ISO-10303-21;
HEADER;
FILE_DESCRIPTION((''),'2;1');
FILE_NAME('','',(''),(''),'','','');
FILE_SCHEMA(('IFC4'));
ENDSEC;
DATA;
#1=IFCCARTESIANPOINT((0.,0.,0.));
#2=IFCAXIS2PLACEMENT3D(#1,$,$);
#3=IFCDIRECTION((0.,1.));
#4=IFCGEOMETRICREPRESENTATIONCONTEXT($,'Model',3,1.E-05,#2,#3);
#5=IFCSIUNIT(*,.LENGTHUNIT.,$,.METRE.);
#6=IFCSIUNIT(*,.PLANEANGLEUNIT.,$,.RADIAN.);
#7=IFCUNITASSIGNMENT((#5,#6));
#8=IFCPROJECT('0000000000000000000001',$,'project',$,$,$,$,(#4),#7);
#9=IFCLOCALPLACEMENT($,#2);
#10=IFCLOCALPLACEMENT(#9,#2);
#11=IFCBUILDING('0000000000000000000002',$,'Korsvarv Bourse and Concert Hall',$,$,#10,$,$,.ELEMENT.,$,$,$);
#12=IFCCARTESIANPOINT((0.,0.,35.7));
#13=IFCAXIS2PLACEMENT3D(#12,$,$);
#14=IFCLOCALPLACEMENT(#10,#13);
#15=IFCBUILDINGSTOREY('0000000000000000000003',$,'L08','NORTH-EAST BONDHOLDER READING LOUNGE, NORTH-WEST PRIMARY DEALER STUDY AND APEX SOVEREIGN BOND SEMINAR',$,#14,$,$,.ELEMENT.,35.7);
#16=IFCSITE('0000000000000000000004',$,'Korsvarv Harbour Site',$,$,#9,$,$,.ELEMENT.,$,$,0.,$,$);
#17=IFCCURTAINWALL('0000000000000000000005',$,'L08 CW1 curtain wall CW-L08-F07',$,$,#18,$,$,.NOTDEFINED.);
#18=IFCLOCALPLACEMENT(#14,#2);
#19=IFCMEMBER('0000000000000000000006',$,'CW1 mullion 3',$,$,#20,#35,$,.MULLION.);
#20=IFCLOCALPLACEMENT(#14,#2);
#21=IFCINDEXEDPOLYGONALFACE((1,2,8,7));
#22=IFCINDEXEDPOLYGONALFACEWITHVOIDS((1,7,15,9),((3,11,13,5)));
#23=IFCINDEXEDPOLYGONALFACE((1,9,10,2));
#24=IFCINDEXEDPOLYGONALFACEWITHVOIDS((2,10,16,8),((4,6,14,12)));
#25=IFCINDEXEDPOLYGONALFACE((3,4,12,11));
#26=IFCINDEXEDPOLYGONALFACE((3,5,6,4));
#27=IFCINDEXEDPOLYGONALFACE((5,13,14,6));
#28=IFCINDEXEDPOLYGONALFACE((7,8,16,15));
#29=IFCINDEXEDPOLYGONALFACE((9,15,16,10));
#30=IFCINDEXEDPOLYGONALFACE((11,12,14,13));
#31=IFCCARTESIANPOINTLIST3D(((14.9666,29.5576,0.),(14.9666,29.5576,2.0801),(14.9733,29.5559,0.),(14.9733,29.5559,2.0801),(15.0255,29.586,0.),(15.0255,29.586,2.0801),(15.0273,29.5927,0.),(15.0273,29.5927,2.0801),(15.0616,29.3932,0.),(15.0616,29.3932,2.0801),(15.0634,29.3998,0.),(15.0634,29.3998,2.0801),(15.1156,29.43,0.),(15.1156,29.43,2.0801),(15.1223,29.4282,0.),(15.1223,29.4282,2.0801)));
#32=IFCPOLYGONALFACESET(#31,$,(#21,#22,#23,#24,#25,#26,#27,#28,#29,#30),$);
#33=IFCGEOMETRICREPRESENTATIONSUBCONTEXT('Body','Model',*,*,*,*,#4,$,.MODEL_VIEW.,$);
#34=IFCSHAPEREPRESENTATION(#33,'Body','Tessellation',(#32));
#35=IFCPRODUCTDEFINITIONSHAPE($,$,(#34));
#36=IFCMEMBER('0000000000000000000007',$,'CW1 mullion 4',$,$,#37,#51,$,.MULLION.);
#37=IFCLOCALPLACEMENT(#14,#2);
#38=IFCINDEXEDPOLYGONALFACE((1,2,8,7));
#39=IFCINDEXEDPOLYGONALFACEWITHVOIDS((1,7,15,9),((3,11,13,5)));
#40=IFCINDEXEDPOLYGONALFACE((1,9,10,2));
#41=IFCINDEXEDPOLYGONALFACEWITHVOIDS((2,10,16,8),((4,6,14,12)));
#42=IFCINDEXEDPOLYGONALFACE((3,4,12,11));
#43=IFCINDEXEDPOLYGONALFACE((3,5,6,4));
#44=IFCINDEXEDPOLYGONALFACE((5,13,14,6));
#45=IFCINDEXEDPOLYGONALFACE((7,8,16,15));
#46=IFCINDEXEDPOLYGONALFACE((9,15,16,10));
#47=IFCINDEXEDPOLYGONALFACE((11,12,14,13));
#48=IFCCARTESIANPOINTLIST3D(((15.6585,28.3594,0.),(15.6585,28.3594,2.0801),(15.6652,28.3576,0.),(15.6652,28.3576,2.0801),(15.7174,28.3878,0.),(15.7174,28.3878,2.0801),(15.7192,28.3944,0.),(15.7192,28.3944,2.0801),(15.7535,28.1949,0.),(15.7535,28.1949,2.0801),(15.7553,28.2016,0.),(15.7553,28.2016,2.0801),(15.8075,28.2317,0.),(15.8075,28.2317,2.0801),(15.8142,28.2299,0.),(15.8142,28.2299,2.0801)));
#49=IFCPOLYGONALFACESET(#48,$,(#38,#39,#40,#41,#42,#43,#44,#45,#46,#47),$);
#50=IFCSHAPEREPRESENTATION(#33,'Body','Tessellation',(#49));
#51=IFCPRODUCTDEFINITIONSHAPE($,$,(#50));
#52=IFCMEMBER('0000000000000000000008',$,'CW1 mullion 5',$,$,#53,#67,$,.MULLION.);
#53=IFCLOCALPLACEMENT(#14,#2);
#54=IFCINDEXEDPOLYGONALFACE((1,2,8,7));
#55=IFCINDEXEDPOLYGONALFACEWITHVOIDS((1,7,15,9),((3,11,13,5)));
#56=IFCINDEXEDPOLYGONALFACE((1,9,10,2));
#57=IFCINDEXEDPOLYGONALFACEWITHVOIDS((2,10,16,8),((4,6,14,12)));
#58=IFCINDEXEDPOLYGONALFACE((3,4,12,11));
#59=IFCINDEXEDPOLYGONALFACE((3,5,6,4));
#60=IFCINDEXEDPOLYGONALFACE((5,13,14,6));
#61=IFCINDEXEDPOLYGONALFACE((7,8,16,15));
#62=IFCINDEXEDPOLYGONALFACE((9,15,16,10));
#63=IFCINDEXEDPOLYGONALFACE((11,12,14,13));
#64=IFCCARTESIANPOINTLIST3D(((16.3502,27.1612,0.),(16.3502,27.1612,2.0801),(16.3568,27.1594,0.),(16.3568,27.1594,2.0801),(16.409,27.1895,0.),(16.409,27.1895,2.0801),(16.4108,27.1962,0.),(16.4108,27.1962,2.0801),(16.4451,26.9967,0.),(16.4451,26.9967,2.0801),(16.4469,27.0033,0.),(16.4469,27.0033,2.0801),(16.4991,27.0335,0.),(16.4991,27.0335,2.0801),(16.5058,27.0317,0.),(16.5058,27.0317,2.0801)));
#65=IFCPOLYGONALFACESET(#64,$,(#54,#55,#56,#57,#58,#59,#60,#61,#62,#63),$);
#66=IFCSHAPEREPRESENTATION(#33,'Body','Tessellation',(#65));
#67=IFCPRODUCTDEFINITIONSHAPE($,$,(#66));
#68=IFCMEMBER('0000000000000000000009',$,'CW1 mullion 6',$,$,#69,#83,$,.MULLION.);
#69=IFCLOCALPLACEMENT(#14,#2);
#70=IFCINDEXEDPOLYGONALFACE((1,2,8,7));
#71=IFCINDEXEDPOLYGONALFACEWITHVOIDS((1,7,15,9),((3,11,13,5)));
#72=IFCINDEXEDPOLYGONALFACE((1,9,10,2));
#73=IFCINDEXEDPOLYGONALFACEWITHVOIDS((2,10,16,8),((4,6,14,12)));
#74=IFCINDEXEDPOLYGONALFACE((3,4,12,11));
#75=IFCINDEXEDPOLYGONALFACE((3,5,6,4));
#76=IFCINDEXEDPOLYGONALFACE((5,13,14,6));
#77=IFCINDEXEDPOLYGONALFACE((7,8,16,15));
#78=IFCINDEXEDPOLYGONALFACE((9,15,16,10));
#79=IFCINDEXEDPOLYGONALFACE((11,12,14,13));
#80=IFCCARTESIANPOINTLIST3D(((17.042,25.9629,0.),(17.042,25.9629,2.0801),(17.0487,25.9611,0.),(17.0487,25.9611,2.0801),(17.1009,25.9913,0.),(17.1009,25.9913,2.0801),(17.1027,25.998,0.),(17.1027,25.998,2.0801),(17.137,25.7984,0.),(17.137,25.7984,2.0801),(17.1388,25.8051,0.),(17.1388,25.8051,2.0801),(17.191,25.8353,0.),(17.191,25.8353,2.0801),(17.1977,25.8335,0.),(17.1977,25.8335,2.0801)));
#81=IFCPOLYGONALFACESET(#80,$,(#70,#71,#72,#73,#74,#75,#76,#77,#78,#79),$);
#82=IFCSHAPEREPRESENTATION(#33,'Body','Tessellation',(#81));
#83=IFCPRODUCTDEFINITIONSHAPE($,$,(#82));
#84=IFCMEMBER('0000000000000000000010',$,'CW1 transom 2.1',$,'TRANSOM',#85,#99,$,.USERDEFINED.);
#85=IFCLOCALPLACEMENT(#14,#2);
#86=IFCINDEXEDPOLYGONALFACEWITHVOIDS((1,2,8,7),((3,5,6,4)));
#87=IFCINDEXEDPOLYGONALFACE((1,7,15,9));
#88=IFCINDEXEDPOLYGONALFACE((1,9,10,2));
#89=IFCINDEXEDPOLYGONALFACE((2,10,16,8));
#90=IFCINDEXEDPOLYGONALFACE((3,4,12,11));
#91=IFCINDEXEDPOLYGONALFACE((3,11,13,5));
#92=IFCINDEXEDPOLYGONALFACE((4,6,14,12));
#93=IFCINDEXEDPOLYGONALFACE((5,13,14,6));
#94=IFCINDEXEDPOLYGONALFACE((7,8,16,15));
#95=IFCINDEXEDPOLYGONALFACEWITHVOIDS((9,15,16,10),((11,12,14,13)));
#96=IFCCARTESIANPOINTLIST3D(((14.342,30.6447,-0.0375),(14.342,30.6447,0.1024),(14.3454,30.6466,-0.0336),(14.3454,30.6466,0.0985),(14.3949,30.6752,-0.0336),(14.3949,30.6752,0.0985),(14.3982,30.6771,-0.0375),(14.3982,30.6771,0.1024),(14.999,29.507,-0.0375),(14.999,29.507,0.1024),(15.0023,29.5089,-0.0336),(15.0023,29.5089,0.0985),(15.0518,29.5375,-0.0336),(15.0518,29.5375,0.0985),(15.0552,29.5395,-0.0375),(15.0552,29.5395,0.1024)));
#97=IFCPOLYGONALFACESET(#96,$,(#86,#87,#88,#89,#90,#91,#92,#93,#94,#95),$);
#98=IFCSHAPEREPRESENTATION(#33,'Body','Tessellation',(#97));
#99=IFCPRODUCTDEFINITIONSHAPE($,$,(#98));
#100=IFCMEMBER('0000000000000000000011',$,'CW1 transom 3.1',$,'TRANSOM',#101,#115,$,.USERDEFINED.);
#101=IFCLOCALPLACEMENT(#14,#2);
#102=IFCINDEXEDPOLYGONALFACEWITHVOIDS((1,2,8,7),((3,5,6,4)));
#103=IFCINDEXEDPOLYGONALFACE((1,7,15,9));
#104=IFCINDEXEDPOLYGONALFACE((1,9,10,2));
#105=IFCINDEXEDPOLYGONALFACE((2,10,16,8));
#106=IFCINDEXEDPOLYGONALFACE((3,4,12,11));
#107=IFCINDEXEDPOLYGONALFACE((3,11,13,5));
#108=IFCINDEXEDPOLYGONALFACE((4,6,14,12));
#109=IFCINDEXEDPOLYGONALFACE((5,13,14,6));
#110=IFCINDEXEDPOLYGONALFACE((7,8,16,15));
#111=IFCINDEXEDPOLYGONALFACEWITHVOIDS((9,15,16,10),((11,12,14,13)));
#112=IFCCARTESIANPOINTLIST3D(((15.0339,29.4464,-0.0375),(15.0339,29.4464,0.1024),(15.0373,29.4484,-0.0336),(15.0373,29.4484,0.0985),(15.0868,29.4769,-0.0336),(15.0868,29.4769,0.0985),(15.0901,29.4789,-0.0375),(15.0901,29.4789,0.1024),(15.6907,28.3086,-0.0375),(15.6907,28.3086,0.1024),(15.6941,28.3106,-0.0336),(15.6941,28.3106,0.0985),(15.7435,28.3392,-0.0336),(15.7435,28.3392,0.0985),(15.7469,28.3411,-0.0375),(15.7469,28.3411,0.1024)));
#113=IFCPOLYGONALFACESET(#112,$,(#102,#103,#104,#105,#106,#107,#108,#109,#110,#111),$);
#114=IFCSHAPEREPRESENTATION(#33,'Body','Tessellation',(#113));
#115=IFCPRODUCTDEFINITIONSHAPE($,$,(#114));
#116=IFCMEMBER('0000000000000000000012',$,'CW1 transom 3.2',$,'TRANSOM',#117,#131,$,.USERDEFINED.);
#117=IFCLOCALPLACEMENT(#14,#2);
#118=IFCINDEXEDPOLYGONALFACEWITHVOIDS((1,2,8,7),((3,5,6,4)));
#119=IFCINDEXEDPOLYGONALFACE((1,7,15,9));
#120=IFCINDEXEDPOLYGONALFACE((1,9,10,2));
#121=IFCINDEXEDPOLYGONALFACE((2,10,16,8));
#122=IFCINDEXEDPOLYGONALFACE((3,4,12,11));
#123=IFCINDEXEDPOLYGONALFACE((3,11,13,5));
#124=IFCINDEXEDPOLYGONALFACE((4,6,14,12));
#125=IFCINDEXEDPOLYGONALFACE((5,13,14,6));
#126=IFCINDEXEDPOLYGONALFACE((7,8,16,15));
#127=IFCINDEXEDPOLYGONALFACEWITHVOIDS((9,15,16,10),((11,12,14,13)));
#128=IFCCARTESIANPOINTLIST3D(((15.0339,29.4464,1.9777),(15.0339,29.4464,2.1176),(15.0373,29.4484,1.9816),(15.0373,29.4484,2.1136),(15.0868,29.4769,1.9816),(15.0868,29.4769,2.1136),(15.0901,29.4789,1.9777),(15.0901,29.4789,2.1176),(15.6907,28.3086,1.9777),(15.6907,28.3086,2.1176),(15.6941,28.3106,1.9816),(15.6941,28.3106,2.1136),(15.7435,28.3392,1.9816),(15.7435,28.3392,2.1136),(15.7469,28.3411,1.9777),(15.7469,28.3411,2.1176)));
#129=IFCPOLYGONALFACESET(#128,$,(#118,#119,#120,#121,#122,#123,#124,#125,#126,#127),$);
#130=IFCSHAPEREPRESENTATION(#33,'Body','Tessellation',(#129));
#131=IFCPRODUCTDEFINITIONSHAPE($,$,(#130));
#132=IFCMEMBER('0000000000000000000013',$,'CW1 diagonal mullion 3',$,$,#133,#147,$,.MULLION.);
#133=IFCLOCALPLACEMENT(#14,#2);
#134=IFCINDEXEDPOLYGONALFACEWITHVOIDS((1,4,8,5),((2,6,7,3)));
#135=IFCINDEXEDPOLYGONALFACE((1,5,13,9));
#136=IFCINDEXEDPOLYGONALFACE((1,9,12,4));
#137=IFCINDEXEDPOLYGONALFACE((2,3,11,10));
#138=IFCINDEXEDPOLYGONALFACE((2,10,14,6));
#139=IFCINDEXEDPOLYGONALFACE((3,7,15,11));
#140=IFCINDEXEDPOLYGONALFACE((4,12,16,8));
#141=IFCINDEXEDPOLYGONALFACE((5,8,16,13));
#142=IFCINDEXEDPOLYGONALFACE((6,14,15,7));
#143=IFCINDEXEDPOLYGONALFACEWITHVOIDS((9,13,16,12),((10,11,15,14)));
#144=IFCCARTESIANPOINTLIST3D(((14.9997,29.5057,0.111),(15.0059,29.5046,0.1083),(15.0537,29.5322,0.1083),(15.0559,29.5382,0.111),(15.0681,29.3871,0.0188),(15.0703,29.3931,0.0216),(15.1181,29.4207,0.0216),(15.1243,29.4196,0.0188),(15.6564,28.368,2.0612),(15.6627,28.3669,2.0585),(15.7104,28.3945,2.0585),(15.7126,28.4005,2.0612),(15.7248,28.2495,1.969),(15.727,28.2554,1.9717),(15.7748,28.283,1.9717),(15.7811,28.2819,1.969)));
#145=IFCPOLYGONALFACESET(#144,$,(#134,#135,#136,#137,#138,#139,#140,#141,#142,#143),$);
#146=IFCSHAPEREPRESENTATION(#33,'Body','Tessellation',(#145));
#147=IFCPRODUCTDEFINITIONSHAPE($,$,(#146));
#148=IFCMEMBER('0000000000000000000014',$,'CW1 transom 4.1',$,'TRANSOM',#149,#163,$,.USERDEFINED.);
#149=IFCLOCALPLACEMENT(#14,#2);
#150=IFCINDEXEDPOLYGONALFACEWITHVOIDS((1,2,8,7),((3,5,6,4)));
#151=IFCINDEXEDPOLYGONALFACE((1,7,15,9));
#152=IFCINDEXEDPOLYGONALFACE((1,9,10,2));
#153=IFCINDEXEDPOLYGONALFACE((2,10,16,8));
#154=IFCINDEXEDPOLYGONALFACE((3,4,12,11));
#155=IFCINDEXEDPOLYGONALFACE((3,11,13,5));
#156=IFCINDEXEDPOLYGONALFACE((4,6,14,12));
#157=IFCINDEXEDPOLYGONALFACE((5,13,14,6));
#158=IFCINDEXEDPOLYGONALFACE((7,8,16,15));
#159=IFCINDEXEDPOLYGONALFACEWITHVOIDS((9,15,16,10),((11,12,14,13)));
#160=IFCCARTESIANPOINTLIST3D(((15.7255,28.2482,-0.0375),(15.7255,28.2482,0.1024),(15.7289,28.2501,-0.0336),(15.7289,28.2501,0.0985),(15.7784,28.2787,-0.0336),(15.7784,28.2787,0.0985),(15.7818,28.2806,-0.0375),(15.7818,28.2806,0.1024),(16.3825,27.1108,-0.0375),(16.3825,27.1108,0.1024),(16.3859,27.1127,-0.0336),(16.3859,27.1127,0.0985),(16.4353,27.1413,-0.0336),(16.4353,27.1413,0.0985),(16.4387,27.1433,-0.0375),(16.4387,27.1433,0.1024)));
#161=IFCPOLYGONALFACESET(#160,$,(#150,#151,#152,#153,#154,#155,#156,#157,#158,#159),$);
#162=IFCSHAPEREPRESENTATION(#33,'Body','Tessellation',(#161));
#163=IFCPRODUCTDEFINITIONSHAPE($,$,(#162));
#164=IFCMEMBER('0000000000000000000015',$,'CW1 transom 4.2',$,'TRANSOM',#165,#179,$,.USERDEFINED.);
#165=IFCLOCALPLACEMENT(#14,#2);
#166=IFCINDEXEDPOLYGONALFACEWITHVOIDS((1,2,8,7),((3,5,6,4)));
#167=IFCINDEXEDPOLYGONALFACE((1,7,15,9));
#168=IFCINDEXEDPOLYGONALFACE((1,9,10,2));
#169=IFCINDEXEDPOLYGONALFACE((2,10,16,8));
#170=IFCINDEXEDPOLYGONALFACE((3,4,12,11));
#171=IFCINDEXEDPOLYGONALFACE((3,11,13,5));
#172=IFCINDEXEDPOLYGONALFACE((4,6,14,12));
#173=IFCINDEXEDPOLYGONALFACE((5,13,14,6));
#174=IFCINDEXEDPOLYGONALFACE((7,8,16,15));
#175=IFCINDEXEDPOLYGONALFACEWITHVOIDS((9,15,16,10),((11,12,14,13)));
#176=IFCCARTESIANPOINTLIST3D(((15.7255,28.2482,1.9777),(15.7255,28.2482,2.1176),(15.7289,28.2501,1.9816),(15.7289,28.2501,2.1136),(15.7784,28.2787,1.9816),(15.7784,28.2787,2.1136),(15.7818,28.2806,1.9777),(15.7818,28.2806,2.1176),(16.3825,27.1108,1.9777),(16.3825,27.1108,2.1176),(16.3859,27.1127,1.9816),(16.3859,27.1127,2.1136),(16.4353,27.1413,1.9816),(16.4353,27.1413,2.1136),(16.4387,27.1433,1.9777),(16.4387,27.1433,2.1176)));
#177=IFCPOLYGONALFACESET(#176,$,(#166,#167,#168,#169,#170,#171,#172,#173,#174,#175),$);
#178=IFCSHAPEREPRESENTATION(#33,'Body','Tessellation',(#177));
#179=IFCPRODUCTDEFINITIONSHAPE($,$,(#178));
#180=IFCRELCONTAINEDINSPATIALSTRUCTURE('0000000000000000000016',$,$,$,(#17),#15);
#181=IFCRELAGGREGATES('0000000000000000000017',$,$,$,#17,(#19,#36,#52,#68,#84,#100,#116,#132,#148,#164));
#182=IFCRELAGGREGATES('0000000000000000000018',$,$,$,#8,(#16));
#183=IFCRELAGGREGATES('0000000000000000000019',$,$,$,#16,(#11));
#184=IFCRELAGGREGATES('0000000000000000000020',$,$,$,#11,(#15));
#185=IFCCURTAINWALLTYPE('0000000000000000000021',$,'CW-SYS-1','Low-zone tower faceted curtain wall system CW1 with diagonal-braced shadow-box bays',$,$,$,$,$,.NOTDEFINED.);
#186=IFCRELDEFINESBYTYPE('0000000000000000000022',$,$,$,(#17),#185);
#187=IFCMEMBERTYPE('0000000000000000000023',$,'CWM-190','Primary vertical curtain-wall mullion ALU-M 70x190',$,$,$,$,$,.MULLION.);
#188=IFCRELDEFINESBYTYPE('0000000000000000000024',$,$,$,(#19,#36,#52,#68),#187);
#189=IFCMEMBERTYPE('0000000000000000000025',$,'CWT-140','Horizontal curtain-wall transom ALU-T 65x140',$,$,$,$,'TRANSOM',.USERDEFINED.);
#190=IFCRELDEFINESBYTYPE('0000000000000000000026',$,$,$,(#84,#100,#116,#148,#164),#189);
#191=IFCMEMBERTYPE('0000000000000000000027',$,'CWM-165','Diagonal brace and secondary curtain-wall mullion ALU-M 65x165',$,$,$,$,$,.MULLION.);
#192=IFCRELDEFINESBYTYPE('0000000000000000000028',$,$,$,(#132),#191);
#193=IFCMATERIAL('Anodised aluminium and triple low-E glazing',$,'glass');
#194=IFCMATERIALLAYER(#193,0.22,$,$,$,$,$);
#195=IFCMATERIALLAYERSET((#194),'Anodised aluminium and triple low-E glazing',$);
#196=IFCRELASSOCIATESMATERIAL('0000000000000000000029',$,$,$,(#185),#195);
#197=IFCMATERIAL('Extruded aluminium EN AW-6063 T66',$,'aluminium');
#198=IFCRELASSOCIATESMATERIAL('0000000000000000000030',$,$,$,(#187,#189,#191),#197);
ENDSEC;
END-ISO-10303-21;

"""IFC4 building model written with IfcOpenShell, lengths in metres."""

from ifc_helpers import new_model, si_unit, direction, frame, origin, origin_2d, place, context, subcontext, project, spatial, hollow_rectangle, extrude, source, transform, mapped, material, layer, layer_set, material_profile, profile_set, type_object, element, aggregate, save


model = new_model("IFC4")

# Units and contexts
model_context = context("Model", 3, precision=1e-05, world=origin(), true_north=direction((0.0, 1.0)))
body_context = subcontext(model_context, "Body", "Model", "MODEL_VIEW")
ifc_project = project(units=[si_unit("LENGTHUNIT", "METRE"), si_unit("PLANEANGLEUNIT", "RADIAN")], contexts=[model_context])

# Site, building, storey
site_placement = place(None, origin())
site = spatial("IfcSite", under=ifc_project, at=site_placement, Name="Korsvarv Harbour Site", CompositionType="ELEMENT", RefElevation=0.0)
building_placement = place(site_placement, origin())
building = spatial("IfcBuilding", under=site, at=building_placement, Name="Korsvarv Bourse and Concert Hall", CompositionType="ELEMENT")
storey_placement = place(building_placement, frame((0.0, 0.0, 35.7)))
storey = spatial("IfcBuildingStorey", under=building, at=storey_placement, Name="L08", Description="NORTH-EAST BONDHOLDER READING LOUNGE, NORTH-WEST PRIMARY DEALER STUDY AND APEX SOVEREIGN BOND SEMINAR", CompositionType="ELEMENT", Elevation=35.7)

# Curtain wall, members
ifc_material_1 = material(Name="Anodised aluminium and triple low-E glazing", Category="glass")
ifc_layer_1 = layer(ifc_material_1, 0.22)
ifc_layer_set_1 = layer_set([ifc_layer_1], Name="Anodised aluminium and triple low-E glazing")
curtain_wall_type = type_object("IfcCurtainWallType", Name="CW-SYS-1", Description="Low-zone tower faceted curtain wall system CW1 with diagonal-braced shadow-box bays", PredefinedType="NOTDEFINED", material=ifc_layer_set_1)
curtain_wall_placement = place(storey_placement, origin())
curtain_wall = element("IfcCurtainWall", 1, at=curtain_wall_placement, inside=storey, type_object=curtain_wall_type, Name="L08 CW1 curtain wall CW-L08-F07", PredefinedType="NOTDEFINED")
ifc_material_2 = material(Name="Extruded aluminium EN AW-6063 T66", Category="aluminium")
ifc_material_profile_1 = material_profile(ifc_material_2, hollow_rectangle(XDim=0.0701, YDim=0.1899, WallThickness=0.0049, at=origin_2d()), Name="ALU-M 70x190")
ifc_profile_set_1 = profile_set([ifc_material_profile_1], Name="Extruded aluminium EN AW-6063 T66")
member_type_1 = type_object("IfcMemberType", Name="CWM-190", Description="Primary vertical curtain-wall mullion ALU-M 70x190", PredefinedType="MULLION", material=ifc_profile_set_1)
shared_shape_1 = source(origin(), body_context, "Body", "SweptSolid", [
    extrude(hollow_rectangle(XDim=0.0701, YDim=0.1899, WallThickness=0.0049, at=origin_2d()), origin(), (0.0, 0.0, 1.0), 2.0801),
])
member_1_placement = place(storey_placement, frame((15.0444, 29.4929, 0.0), z_axis=(0.0, 0.0, 1.0), x_axis=(0.866026, 0.5, 0.0)))
member_1 = element("IfcMember", 2, at=member_1_placement, type_object=member_type_1, Name="CW1 mullion 3", PredefinedType="MULLION", context=body_context, shape_type="MappedRepresentation", body=[
    mapped(shared_shape_1, transform((0.0, 0.0, 0.0), scale=1.0)),
])
member_2_placement = place(storey_placement, frame((15.7363, 28.2947, 0.0), z_axis=(0.0, 0.0, 1.0), x_axis=(0.866026, 0.5, 0.0)))
member_2 = element("IfcMember", 3, at=member_2_placement, type_object=member_type_1, Name="CW1 mullion 4", PredefinedType="MULLION", context=body_context, shape_type="MappedRepresentation", body=[
    mapped(shared_shape_1, transform((0.0, 0.0, 0.0), scale=1.0)),
])
member_3_placement = place(storey_placement, frame((16.428, 27.0964, 0.0), z_axis=(0.0, 0.0, 1.0), x_axis=(0.866026, 0.5, 0.0)))
member_3 = element("IfcMember", 4, at=member_3_placement, type_object=member_type_1, Name="CW1 mullion 5", PredefinedType="MULLION", context=body_context, shape_type="MappedRepresentation", body=[
    mapped(shared_shape_1, transform((0.0, 0.0, 0.0), scale=1.0)),
])
member_4_placement = place(storey_placement, frame((17.1199, 25.8982, 0.0), z_axis=(0.0, 0.0, 1.0), x_axis=(0.866026, 0.5, 0.0)))
member_4 = element("IfcMember", 5, at=member_4_placement, type_object=member_type_1, Name="CW1 mullion 6", PredefinedType="MULLION", context=body_context, shape_type="MappedRepresentation", body=[
    mapped(shared_shape_1, transform((0.0, 0.0, 0.0), scale=1.0)),
])
ifc_material_profile_2 = material_profile(ifc_material_2, hollow_rectangle(XDim=0.0649, YDim=0.1399, WallThickness=0.0039, at=origin_2d()), Name="ALU-T 65x140")
ifc_profile_set_2 = profile_set([ifc_material_profile_2], Name="Extruded aluminium EN AW-6063 T66")
member_type_2 = type_object("IfcMemberType", Name="CWT-140", Description="Horizontal curtain-wall transom ALU-T 65x140", ElementType="TRANSOM", PredefinedType="USERDEFINED", material=ifc_profile_set_2)
shared_shape_2 = source(origin(), body_context, "Body", "SweptSolid", [
    extrude(hollow_rectangle(XDim=0.0649, YDim=0.1399, WallThickness=0.0039, at=origin_2d()), origin(), (0.0, 0.0, 1.0), 1.3137),
])
member_5_placement = place(storey_placement, frame((14.3701, 30.6609, 0.0325), z_axis=(0.500076, -0.865981, 0.0), x_axis=(0.865981, 0.500076, 0.0)))
member_5 = element("IfcMember", 6, at=member_5_placement, type_object=member_type_2, Name="CW1 transom 2.1", ObjectType="TRANSOM", PredefinedType="USERDEFINED", context=body_context, shape_type="MappedRepresentation", body=[
    mapped(shared_shape_2, transform((0.0, 0.0, 0.0), scale=1.0)),
])
member_6_placement = place(storey_placement, frame((15.062, 29.4626, 0.0325), z_axis=(0.499937, -0.866062, 0.0), x_axis=(0.866062, 0.499937, 0.0)))
member_6 = element("IfcMember", 7, at=member_6_placement, type_object=member_type_2, Name="CW1 transom 3.1", ObjectType="TRANSOM", PredefinedType="USERDEFINED", context=body_context, shape_type="MappedRepresentation", body=[
    mapped(shared_shape_2, transform((0.0, 0.0, 0.0), scale=1.0)),
])
member_7_placement = place(storey_placement, frame((15.062, 29.4626, 2.0476), z_axis=(0.499937, -0.866062, 0.0), x_axis=(0.866062, 0.499937, 0.0)))
member_7 = element("IfcMember", 8, at=member_7_placement, type_object=member_type_2, Name="CW1 transom 3.2", ObjectType="TRANSOM", PredefinedType="USERDEFINED", context=body_context, shape_type="MappedRepresentation", body=[
    mapped(shared_shape_2, transform((0.0, 0.0, 0.0), scale=1.0)),
])
ifc_material_profile_3 = material_profile(ifc_material_2, hollow_rectangle(XDim=0.0649, YDim=0.165, WallThickness=0.0049, at=origin_2d()), Name="ALU-M 65x165")
ifc_profile_set_3 = profile_set([ifc_material_profile_3], Name="Extruded aluminium EN AW-6063 T66")
member_type_3 = type_object("IfcMemberType", Name="CWM-165", Description="Diagonal brace and secondary curtain-wall mullion ALU-M 65x165", PredefinedType="MULLION", material=ifc_profile_set_3)
shared_shape_3 = source(origin(), body_context, "Body", "SweptSolid", [
    extrude(hollow_rectangle(XDim=0.0649, YDim=0.165, WallThickness=0.0049, at=origin_2d()), origin(), (0.0, 0.0, 1.0), 2.3513),
])
member_8_placement = place(storey_placement, frame((15.062, 29.4626, 0.0649), z_axis=(0.279301, -0.483845, 0.829389), x_axis=(0.866062, 0.499937, 0.0)))
member_8 = element("IfcMember", 9, at=member_8_placement, type_object=member_type_3, Name="CW1 diagonal mullion 3", PredefinedType="MULLION", context=body_context, shape_type="MappedRepresentation", body=[
    mapped(shared_shape_3, transform((0.0, 0.0, 0.0), scale=1.0)),
])
shared_shape_4 = source(origin(), body_context, "Body", "SweptSolid", [
    extrude(hollow_rectangle(XDim=0.0649, YDim=0.1399, WallThickness=0.0039, at=origin_2d()), origin(), (0.0, 0.0, 1.0), 1.3135),
])
member_9_placement = place(storey_placement, frame((15.7537, 28.2644, 0.0325), z_axis=(0.500157, -0.865935, 0.0), x_axis=(0.865935, 0.500157, 0.0)))
member_9 = element("IfcMember", 10, at=member_9_placement, type_object=member_type_2, Name="CW1 transom 4.1", ObjectType="TRANSOM", PredefinedType="USERDEFINED", context=body_context, shape_type="MappedRepresentation", body=[
    mapped(shared_shape_4, transform((0.0, 0.0, 0.0), scale=1.0)),
])
member_10_placement = place(storey_placement, frame((15.7537, 28.2644, 2.0476), z_axis=(0.500157, -0.865935, 0.0), x_axis=(0.865935, 0.500157, 0.0)))
member_10 = element("IfcMember", 11, at=member_10_placement, type_object=member_type_2, Name="CW1 transom 4.2", ObjectType="TRANSOM", PredefinedType="USERDEFINED", context=body_context, shape_type="MappedRepresentation", body=[
    mapped(shared_shape_4, transform((0.0, 0.0, 0.0), scale=1.0)),
])
aggregate(curtain_wall, [member_1, member_2, member_3, member_4, member_5, member_6, member_7, member_8, member_9, member_10])

save(model, "model.ifc")
